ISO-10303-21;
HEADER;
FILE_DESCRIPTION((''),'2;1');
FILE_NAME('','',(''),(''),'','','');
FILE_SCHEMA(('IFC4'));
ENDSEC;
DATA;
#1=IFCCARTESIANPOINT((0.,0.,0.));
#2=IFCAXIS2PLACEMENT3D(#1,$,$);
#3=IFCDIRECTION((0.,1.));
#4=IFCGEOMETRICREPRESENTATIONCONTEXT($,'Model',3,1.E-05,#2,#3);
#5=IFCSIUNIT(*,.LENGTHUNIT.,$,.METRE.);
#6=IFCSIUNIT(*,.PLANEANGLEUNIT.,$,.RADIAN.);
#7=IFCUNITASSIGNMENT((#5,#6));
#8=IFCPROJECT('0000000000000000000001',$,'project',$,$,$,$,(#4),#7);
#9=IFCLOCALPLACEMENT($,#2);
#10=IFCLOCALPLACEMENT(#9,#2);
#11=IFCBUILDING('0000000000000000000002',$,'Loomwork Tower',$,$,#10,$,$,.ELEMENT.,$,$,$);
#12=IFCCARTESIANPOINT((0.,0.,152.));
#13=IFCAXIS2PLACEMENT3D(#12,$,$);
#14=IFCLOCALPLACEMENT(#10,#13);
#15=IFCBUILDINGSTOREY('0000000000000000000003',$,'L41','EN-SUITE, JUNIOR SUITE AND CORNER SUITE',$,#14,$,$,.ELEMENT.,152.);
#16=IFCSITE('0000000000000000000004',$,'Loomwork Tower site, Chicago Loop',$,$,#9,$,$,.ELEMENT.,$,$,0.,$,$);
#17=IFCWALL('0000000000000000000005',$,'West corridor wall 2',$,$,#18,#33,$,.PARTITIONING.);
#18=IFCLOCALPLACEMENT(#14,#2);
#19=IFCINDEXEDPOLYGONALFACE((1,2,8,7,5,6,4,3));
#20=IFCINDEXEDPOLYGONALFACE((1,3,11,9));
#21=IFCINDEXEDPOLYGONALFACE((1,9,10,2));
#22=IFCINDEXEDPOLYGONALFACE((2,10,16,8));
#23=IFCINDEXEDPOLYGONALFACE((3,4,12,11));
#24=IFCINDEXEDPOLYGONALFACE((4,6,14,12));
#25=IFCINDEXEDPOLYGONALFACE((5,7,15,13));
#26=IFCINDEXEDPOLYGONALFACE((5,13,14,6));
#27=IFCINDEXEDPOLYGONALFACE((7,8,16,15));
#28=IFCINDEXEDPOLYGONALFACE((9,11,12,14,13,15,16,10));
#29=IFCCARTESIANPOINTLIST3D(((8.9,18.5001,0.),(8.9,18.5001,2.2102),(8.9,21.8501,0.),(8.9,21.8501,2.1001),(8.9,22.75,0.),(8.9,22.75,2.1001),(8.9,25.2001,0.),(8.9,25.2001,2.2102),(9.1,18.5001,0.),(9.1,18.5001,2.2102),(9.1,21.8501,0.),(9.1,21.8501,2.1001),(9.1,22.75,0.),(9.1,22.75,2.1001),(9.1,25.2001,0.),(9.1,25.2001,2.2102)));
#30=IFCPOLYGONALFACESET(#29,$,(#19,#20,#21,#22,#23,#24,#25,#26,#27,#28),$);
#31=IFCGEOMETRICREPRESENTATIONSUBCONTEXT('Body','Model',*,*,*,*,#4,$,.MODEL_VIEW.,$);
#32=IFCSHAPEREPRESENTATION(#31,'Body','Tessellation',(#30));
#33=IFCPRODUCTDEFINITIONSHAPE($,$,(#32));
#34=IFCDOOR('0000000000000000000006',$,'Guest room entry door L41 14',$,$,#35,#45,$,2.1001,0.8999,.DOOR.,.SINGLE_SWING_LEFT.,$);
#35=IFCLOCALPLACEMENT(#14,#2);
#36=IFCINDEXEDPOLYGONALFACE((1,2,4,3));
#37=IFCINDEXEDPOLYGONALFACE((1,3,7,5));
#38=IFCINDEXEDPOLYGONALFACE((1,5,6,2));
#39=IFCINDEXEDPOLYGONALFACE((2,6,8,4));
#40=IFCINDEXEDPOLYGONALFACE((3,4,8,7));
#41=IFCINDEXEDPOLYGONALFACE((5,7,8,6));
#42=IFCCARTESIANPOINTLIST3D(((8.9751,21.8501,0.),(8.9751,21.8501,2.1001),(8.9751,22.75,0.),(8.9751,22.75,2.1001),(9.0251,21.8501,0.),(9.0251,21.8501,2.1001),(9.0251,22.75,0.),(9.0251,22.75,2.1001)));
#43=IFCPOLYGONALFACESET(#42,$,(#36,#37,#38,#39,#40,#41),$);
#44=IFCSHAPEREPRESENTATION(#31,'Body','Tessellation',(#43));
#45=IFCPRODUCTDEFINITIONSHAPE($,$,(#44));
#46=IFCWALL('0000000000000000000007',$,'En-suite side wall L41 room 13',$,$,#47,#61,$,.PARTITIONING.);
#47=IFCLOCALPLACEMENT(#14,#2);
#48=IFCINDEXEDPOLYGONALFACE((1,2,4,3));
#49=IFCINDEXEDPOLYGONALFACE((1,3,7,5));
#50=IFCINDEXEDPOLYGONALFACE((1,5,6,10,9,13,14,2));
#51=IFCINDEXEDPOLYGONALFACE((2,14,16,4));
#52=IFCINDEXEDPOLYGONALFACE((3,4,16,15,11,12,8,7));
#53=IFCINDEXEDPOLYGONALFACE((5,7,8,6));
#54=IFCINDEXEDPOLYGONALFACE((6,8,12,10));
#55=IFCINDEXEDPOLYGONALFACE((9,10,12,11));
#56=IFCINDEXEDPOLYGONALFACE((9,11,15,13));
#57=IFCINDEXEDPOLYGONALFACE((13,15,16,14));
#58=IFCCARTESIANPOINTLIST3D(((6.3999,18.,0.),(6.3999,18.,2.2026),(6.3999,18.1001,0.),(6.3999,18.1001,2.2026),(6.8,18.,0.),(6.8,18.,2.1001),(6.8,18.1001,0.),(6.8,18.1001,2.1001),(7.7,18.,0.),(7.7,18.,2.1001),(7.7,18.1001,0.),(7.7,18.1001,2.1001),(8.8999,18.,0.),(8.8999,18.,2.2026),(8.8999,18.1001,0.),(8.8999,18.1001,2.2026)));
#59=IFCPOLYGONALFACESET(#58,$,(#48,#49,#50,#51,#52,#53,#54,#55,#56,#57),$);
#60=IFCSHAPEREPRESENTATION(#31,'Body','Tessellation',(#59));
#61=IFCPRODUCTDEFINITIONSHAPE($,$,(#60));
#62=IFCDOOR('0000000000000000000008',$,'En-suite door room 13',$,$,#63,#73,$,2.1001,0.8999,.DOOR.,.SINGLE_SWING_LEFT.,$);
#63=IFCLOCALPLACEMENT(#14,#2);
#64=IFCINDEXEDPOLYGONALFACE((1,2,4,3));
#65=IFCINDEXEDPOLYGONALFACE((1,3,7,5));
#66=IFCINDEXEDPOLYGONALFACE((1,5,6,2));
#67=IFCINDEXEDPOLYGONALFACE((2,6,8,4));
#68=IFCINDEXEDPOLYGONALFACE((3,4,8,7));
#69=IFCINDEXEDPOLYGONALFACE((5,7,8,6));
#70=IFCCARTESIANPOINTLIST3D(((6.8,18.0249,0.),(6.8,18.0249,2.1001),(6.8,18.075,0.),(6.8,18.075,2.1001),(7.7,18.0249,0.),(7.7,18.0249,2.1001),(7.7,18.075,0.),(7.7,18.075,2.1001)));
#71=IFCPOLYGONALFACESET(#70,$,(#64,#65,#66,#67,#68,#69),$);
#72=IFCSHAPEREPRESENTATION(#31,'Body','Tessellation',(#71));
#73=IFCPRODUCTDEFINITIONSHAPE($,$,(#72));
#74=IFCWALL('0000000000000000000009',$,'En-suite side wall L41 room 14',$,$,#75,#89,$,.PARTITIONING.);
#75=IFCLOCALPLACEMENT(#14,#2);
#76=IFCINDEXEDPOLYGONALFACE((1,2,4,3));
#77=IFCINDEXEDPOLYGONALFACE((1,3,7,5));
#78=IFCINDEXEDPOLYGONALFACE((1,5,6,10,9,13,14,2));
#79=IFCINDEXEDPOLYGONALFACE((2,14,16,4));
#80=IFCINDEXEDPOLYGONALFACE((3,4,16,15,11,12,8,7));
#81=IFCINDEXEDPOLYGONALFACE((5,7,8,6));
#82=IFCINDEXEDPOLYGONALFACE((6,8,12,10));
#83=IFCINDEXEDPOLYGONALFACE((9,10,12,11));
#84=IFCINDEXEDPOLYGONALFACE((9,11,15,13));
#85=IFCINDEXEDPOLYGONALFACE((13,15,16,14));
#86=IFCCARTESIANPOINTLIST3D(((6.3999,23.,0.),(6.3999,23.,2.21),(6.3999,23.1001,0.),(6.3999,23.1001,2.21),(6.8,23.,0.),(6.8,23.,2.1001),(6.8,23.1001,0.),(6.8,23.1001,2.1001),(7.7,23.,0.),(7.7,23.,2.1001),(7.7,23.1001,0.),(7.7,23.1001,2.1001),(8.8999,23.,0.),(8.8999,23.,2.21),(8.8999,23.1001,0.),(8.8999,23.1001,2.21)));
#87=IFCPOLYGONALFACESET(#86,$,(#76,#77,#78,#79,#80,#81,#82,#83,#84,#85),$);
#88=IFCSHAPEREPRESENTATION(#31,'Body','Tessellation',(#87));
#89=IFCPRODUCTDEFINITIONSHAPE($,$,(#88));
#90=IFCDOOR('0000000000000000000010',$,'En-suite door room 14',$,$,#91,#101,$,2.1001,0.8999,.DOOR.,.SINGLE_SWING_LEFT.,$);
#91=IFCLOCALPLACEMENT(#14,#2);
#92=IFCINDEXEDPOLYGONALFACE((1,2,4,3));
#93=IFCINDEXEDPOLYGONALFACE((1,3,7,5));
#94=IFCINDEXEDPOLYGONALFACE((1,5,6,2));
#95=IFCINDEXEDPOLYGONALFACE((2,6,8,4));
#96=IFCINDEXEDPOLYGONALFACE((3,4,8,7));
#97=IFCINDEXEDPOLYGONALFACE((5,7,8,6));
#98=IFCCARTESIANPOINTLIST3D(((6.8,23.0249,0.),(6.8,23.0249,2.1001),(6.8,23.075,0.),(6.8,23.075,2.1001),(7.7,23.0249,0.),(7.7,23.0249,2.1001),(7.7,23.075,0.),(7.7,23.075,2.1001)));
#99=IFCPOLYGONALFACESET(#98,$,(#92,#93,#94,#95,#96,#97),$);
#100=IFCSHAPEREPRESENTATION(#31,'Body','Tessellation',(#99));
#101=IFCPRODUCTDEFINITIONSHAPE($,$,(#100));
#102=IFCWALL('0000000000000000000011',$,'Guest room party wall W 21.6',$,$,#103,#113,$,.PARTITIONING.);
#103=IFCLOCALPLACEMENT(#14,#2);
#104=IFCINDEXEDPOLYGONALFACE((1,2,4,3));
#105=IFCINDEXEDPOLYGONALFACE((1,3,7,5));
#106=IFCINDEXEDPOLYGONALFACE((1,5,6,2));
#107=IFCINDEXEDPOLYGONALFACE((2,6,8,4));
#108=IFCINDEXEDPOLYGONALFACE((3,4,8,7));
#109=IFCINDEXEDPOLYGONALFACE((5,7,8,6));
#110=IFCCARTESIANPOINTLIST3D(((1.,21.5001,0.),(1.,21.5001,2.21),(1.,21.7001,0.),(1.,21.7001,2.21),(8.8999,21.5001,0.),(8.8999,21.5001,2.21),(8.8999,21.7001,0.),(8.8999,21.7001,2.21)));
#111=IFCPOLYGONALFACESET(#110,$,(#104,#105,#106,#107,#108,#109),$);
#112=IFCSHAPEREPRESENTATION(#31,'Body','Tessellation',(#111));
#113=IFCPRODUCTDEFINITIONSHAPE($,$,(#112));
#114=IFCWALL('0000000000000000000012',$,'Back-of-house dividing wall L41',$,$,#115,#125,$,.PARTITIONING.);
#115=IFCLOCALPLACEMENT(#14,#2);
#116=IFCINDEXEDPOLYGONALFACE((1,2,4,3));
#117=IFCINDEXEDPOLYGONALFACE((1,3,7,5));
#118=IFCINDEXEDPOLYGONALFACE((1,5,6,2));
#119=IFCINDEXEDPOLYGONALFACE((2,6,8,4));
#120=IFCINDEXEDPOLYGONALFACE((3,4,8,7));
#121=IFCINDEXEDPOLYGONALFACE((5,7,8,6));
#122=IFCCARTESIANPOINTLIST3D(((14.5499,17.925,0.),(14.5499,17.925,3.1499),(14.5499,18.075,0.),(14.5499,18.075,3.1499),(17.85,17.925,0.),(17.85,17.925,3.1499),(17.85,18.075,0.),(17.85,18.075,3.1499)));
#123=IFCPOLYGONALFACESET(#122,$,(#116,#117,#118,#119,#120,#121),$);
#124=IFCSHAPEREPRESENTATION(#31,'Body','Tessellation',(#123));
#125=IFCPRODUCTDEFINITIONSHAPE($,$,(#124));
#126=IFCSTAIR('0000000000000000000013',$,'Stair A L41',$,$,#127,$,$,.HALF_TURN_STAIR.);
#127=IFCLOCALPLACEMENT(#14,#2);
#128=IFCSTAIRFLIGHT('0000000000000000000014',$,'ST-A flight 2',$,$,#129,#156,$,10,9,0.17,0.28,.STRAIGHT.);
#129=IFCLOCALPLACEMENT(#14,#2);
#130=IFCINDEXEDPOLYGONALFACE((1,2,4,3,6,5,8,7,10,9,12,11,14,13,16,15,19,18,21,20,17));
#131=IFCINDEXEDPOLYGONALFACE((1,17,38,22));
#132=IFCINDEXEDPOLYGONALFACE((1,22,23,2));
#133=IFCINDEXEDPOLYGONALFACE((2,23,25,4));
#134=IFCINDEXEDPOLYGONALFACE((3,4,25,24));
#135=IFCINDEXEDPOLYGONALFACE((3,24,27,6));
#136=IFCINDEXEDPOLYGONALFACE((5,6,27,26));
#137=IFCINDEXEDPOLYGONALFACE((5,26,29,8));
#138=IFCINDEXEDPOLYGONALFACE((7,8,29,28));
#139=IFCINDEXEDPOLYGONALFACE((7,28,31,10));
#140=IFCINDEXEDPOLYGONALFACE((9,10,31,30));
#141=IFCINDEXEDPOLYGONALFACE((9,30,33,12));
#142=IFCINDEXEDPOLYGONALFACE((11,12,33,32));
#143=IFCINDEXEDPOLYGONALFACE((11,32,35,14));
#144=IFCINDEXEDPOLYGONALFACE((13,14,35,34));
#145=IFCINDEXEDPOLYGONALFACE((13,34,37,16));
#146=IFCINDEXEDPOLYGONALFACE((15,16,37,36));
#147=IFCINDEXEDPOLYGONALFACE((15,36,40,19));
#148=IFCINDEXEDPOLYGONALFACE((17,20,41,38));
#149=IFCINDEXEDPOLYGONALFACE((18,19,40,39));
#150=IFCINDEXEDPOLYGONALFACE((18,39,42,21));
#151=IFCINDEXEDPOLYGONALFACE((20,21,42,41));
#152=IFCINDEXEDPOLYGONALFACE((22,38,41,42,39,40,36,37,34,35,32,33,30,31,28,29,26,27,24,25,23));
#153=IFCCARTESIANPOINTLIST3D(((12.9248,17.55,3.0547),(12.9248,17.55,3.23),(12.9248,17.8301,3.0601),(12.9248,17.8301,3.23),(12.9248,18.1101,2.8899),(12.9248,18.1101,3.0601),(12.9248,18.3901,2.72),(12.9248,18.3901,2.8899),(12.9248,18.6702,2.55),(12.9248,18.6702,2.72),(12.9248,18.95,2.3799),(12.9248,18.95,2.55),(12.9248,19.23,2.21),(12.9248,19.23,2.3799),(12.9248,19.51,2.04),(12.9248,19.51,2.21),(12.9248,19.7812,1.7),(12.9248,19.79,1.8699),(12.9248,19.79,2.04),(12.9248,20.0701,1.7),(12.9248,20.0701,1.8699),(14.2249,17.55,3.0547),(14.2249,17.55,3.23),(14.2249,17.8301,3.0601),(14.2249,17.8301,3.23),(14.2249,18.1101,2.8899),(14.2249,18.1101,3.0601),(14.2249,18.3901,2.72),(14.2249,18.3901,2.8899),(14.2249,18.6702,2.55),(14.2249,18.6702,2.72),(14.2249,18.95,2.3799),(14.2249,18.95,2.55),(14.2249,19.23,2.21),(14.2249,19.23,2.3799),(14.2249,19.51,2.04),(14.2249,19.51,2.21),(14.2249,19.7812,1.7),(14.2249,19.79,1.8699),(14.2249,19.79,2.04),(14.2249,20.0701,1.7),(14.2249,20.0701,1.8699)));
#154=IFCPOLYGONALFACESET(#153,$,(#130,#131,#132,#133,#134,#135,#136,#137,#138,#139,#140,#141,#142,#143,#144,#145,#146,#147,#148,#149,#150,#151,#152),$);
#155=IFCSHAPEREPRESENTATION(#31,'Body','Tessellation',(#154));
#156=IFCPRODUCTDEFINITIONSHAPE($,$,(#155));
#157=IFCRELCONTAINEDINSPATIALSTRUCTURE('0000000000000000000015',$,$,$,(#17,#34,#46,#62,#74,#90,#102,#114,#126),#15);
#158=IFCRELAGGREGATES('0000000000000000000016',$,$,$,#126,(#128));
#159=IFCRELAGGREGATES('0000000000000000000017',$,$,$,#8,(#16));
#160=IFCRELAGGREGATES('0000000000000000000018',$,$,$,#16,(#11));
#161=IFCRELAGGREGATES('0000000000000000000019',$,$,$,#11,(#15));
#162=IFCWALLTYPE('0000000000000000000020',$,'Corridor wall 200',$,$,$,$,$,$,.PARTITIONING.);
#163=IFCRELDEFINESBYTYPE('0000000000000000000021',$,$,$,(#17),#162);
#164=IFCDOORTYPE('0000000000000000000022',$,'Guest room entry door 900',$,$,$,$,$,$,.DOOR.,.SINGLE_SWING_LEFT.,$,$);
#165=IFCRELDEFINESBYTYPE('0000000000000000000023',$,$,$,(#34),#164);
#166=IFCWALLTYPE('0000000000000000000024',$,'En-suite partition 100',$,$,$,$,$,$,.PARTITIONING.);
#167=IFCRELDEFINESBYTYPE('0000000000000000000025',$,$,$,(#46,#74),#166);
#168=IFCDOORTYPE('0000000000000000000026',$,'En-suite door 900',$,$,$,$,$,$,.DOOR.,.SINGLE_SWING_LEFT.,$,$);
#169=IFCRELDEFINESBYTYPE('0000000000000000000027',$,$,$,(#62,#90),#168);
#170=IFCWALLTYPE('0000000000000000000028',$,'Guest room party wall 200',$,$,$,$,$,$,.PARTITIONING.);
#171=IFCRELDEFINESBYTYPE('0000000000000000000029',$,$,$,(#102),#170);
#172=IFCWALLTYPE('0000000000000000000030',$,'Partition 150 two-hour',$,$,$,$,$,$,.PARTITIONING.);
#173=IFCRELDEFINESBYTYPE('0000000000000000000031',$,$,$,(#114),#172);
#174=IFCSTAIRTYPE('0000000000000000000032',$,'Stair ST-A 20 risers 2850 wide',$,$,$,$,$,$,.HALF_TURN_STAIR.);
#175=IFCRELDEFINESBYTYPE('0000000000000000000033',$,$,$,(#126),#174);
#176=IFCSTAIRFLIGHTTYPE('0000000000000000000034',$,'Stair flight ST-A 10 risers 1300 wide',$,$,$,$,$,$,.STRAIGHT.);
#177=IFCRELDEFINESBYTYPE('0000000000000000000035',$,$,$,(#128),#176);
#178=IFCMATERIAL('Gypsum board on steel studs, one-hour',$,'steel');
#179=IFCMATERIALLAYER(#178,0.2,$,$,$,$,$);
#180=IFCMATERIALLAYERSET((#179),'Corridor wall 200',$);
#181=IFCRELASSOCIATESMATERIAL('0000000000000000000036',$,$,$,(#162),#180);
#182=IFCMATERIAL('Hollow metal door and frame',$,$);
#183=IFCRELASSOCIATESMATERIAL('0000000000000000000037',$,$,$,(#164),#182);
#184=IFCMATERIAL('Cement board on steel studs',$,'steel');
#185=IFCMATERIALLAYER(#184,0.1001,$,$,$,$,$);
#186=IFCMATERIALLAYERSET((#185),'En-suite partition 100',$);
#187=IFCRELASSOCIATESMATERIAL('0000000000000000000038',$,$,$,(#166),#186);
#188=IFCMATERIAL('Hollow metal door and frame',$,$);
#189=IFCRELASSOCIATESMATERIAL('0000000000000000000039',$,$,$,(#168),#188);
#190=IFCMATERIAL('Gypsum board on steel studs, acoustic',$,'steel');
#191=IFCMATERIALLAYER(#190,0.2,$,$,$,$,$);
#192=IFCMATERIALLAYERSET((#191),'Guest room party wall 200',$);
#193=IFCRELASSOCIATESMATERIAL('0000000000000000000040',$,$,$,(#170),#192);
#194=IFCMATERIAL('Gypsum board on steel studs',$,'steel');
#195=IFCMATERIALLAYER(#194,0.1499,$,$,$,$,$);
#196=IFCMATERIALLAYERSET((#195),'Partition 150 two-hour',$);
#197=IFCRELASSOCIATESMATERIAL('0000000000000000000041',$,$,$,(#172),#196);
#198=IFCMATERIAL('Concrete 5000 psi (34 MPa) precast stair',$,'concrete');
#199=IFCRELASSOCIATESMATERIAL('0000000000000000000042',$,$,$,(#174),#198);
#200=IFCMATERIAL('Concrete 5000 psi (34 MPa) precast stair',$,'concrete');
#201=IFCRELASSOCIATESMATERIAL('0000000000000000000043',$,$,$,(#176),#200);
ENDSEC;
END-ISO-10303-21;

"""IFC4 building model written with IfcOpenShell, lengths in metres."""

from ifc_helpers import new_model, si_unit, direction, frame, frame_2d, origin, place, context, subcontext, project, spatial, polyline, rectangle, outline, extrude, material, layer, layer_set, type_object, element, fill, aggregate, save


model = new_model("IFC4")

# Units and contexts
model_context = context("Model", 3, precision=1e-05, world=origin(), true_north=direction((0.0, 1.0)))
body_context = subcontext(model_context, "Body", "Model", "MODEL_VIEW")
ifc_project = project(units=[si_unit("LENGTHUNIT", "METRE"), si_unit("PLANEANGLEUNIT", "RADIAN")], contexts=[model_context])

# Site, building, storey
site_placement = place(None, origin())
site = spatial("IfcSite", under=ifc_project, at=site_placement, Name="Loomwork Tower site, Chicago Loop", CompositionType="ELEMENT", RefElevation=0.0)
building_placement = place(site_placement, origin())
building = spatial("IfcBuilding", under=site, at=building_placement, Name="Loomwork Tower", CompositionType="ELEMENT")
storey_placement = place(building_placement, frame((0.0, 0.0, 152.0)))
storey = spatial("IfcBuildingStorey", under=building, at=storey_placement, Name="L41", Description="EN-SUITE, JUNIOR SUITE AND CORNER SUITE", CompositionType="ELEMENT", Elevation=152.0)

# Walls, openings, doors
ifc_material_1 = material(Name="Gypsum board on steel studs, one-hour", Category="steel")
ifc_layer_1 = layer(ifc_material_1, 0.2)
ifc_layer_set_1 = layer_set([ifc_layer_1], Name="Corridor wall 200")
wall_type_1 = type_object("IfcWallType", Name="Corridor wall 200", PredefinedType="PARTITIONING", material=ifc_layer_set_1)
wall_1_placement = place(storey_placement, frame((9.0, 18.5, 0.0), z_axis=(0.0, 0.0, 1.0), x_axis=(0.0, 1.0, 0.0)))
wall_1 = element("IfcWall", 1, at=wall_1_placement, inside=storey, type_object=wall_type_1, Name="West corridor wall 2", PredefinedType="PARTITIONING", context=body_context, shape_type="SweptSolid", body=[
    extrude(rectangle(XDim=6.7, YDim=0.2, at=frame_2d((3.3501, 0.0))), origin(), (0.0, 0.0, 1.0), 2.2102),
])
opening_1_placement = place(wall_1_placement, frame((3.3501, 0.0, 0.0)))
opening_1 = element("IfcOpeningElement", 2, at=opening_1_placement, cuts=wall_1, PredefinedType="OPENING", context=body_context, shape_type="SweptSolid", body=[
    extrude(rectangle(XDim=0.8999, YDim=2.1001, at=frame_2d((0.45, 1.05))), frame((0.0, 0.1099, 0.0), z_axis=(0.0, -1.0, 0.0), x_axis=(1.0, 0.0, 0.0)), (0.0, 0.0, 1.0), 0.22),
])
ifc_material_2 = material(Name="Hollow metal door and frame")
door_type_1 = type_object("IfcDoorType", Name="Guest room entry door 900", OperationType="SINGLE_SWING_LEFT", PredefinedType="DOOR", material=ifc_material_2)
door_1_placement = place(opening_1_placement, origin())
door_1 = element("IfcDoor", 3, at=door_1_placement, inside=storey, type_object=door_type_1, Name="Guest room entry door L41 14", OperationType="SINGLE_SWING_LEFT", OverallHeight=2.1001, OverallWidth=0.8999, PredefinedType="DOOR", context=body_context, shape_type="SweptSolid", body=[
    extrude(rectangle(XDim=0.8999, YDim=2.1001, at=frame_2d((0.45, 1.05))), frame((0.0, 0.0249, 0.0), z_axis=(0.0, -1.0, 0.0), x_axis=(1.0, 0.0, 0.0)), (0.0, 0.0, 1.0), 0.05),
])
fill(opening_1, door_1)
ifc_material_3 = material(Name="Cement board on steel studs", Category="steel")
ifc_layer_2 = layer(ifc_material_3, 0.1001)
ifc_layer_set_2 = layer_set([ifc_layer_2], Name="En-suite partition 100")
wall_type_2 = type_object("IfcWallType", Name="En-suite partition 100", PredefinedType="PARTITIONING", material=ifc_layer_set_2)
wall_2_placement = place(storey_placement, frame((8.8999, 18.05, 0.0), z_axis=(0.0, 0.0, 1.0), x_axis=(-1.0, 0.0, 0.0)))
wall_2 = element("IfcWall", 4, at=wall_2_placement, inside=storey, type_object=wall_type_2, Name="En-suite side wall L41 room 13", PredefinedType="PARTITIONING", context=body_context, shape_type="SweptSolid", body=[
    extrude(rectangle(XDim=2.5, YDim=0.1001, at=frame_2d((1.25, 0.0))), origin(), (0.0, 0.0, 1.0), 2.2026),
])
opening_2_placement = place(wall_2_placement, frame((1.2, 0.0, 0.0)))
opening_2 = element("IfcOpeningElement", 5, at=opening_2_placement, cuts=wall_2, PredefinedType="OPENING", context=body_context, shape_type="SweptSolid", body=[
    extrude(rectangle(XDim=0.8999, YDim=2.1001, at=frame_2d((0.45, 1.05))), frame((0.0, 0.0601, 0.0), z_axis=(0.0, -1.0, 0.0), x_axis=(1.0, 0.0, 0.0)), (0.0, 0.0, 1.0), 0.1201),
])
ifc_material_4 = material(Name="Hollow metal door and frame")
door_type_2 = type_object("IfcDoorType", Name="En-suite door 900", OperationType="SINGLE_SWING_LEFT", PredefinedType="DOOR", material=ifc_material_4)
door_2_placement = place(opening_2_placement, frame((0.8999, 0.0, 0.0), z_axis=(0.0, 0.0, 1.0), x_axis=(-1.0, 0.0, 0.0)))
door_2 = element("IfcDoor", 6, at=door_2_placement, inside=storey, type_object=door_type_2, Name="En-suite door room 13", OperationType="SINGLE_SWING_LEFT", OverallHeight=2.1001, OverallWidth=0.8999, PredefinedType="DOOR", context=body_context, shape_type="SweptSolid", body=[
    extrude(rectangle(XDim=0.8999, YDim=2.1001, at=frame_2d((0.45, 1.05))), frame((0.0, 0.0249, 0.0), z_axis=(0.0, -1.0, 0.0), x_axis=(1.0, 0.0, 0.0)), (0.0, 0.0, 1.0), 0.05),
])
fill(opening_2, door_2)
wall_3_placement = place(storey_placement, frame((8.8999, 23.05, 0.0), z_axis=(0.0, 0.0, 1.0), x_axis=(-1.0, 0.0, 0.0)))
wall_3 = element("IfcWall", 7, at=wall_3_placement, inside=storey, type_object=wall_type_2, Name="En-suite side wall L41 room 14", PredefinedType="PARTITIONING", context=body_context, shape_type="SweptSolid", body=[
    extrude(rectangle(XDim=2.5, YDim=0.1001, at=frame_2d((1.25, 0.0))), origin(), (0.0, 0.0, 1.0), 2.21),
])
opening_3_placement = place(wall_3_placement, frame((1.2, 0.0, 0.0)))
opening_3 = element("IfcOpeningElement", 8, at=opening_3_placement, cuts=wall_3, PredefinedType="OPENING", context=body_context, shape_type="SweptSolid", body=[
    extrude(rectangle(XDim=0.8999, YDim=2.1001, at=frame_2d((0.45, 1.05))), frame((0.0, 0.0601, 0.0), z_axis=(0.0, -1.0, 0.0), x_axis=(1.0, 0.0, 0.0)), (0.0, 0.0, 1.0), 0.1201),
])
door_3_placement = place(opening_3_placement, frame((0.8999, 0.0, 0.0), z_axis=(0.0, 0.0, 1.0), x_axis=(-1.0, 0.0, 0.0)))
door_3 = element("IfcDoor", 9, at=door_3_placement, inside=storey, type_object=door_type_2, Name="En-suite door room 14", OperationType="SINGLE_SWING_LEFT", OverallHeight=2.1001, OverallWidth=0.8999, PredefinedType="DOOR", context=body_context, shape_type="SweptSolid", body=[
    extrude(rectangle(XDim=0.8999, YDim=2.1001, at=frame_2d((0.45, 1.05))), frame((0.0, 0.0249, 0.0), z_axis=(0.0, -1.0, 0.0), x_axis=(1.0, 0.0, 0.0)), (0.0, 0.0, 1.0), 0.05),
])
fill(opening_3, door_3)

# Walls
ifc_material_5 = material(Name="Gypsum board on steel studs, acoustic", Category="steel")
ifc_layer_3 = layer(ifc_material_5, 0.2)
ifc_layer_set_3 = layer_set([ifc_layer_3], Name="Guest room party wall 200")
wall_type_3 = type_object("IfcWallType", Name="Guest room party wall 200", PredefinedType="PARTITIONING", material=ifc_layer_set_3)
wall_4_placement = place(storey_placement, frame((8.8999, 21.6001, 0.0), z_axis=(0.0, 0.0, 1.0), x_axis=(-1.0, 0.0, 0.0)))
element("IfcWall", 10, at=wall_4_placement, inside=storey, type_object=wall_type_3, Name="Guest room party wall W 21.6", PredefinedType="PARTITIONING", context=body_context, shape_type="SweptSolid", body=[
    extrude(rectangle(XDim=7.8999, YDim=0.2, at=frame_2d((3.95, 0.0))), origin(), (0.0, 0.0, 1.0), 2.21),
])
ifc_material_6 = material(Name="Gypsum board on steel studs", Category="steel")
ifc_layer_4 = layer(ifc_material_6, 0.1499)
ifc_layer_set_4 = layer_set([ifc_layer_4], Name="Partition 150 two-hour")
wall_type_4 = type_object("IfcWallType", Name="Partition 150 two-hour", PredefinedType="PARTITIONING", material=ifc_layer_set_4)
wall_5_placement = place(storey_placement, frame((14.55, 18.0, 0.0), z_axis=(0.0, 0.0, 1.0), x_axis=(1.0, 0.0, 0.0)))
element("IfcWall", 11, at=wall_5_placement, inside=storey, type_object=wall_type_4, Name="Back-of-house dividing wall L41", PredefinedType="PARTITIONING", context=body_context, shape_type="SweptSolid", body=[
    extrude(rectangle(XDim=3.3, YDim=0.1499, at=frame_2d((1.6499, 0.0))), origin(), (0.0, 0.0, 1.0), 3.1499),
])

# Stair, stair flight
ifc_material_7 = material(Name="Concrete 5000 psi (34 MPa) precast stair", Category="concrete")
stair_type = type_object("IfcStairType", Name="Stair ST-A 20 risers 2850 wide", PredefinedType="HALF_TURN_STAIR", material=ifc_material_7)
stair_placement = place(storey_placement, origin())
stair = element("IfcStair", 12, at=stair_placement, inside=storey, type_object=stair_type, Name="Stair A L41", PredefinedType="HALF_TURN_STAIR")
ifc_material_8 = material(Name="Concrete 5000 psi (34 MPa) precast stair", Category="concrete")
stair_flight_type = type_object("IfcStairFlightType", Name="Stair flight ST-A 10 risers 1300 wide", PredefinedType="STRAIGHT", material=ifc_material_8)
stair_flight_placement = place(storey_placement, frame((13.575, 20.0701, 1.7), z_axis=(0.0, 0.0, 1.0), x_axis=(0.0, -1.0, 0.0)))
stair_flight = element("IfcStairFlight", 13, at=stair_flight_placement, type_object=stair_flight_type, Name="ST-A flight 2", NumberOfRisers=10, NumberOfTreads=9, PredefinedType="STRAIGHT", RiserHeight=0.17, TreadLength=0.28, context=body_context, shape_type="SweptSolid", body=[
    extrude(outline(polyline([(0.0, 0.0), (0.0, 0.1699), (0.28, 0.1699), (0.28, 0.3401), (0.5601, 0.3401), (0.5601, 0.51), (0.8401, 0.51), (0.8401, 0.6799), (1.1201, 0.6799), (1.1201, 0.8501), (1.3999, 0.8501), (1.3999, 1.02), (1.6799, 1.02), (1.6799, 1.1899), (1.96, 1.1899), (1.96, 1.3601), (2.24, 1.3601), (2.24, 1.53), (2.52, 1.53), (2.52, 1.7), (2.52, 1.3547), (0.2888, 0.0), (0.0, 0.0)])), frame((0.0, 0.6499, 0.0), z_axis=(0.0, -1.0, 0.0), x_axis=(1.0, 0.0, 0.0)), (0.0, 0.0, 1.0), 1.3),
])
aggregate(stair, [stair_flight])

save(model, "model.ifc")
